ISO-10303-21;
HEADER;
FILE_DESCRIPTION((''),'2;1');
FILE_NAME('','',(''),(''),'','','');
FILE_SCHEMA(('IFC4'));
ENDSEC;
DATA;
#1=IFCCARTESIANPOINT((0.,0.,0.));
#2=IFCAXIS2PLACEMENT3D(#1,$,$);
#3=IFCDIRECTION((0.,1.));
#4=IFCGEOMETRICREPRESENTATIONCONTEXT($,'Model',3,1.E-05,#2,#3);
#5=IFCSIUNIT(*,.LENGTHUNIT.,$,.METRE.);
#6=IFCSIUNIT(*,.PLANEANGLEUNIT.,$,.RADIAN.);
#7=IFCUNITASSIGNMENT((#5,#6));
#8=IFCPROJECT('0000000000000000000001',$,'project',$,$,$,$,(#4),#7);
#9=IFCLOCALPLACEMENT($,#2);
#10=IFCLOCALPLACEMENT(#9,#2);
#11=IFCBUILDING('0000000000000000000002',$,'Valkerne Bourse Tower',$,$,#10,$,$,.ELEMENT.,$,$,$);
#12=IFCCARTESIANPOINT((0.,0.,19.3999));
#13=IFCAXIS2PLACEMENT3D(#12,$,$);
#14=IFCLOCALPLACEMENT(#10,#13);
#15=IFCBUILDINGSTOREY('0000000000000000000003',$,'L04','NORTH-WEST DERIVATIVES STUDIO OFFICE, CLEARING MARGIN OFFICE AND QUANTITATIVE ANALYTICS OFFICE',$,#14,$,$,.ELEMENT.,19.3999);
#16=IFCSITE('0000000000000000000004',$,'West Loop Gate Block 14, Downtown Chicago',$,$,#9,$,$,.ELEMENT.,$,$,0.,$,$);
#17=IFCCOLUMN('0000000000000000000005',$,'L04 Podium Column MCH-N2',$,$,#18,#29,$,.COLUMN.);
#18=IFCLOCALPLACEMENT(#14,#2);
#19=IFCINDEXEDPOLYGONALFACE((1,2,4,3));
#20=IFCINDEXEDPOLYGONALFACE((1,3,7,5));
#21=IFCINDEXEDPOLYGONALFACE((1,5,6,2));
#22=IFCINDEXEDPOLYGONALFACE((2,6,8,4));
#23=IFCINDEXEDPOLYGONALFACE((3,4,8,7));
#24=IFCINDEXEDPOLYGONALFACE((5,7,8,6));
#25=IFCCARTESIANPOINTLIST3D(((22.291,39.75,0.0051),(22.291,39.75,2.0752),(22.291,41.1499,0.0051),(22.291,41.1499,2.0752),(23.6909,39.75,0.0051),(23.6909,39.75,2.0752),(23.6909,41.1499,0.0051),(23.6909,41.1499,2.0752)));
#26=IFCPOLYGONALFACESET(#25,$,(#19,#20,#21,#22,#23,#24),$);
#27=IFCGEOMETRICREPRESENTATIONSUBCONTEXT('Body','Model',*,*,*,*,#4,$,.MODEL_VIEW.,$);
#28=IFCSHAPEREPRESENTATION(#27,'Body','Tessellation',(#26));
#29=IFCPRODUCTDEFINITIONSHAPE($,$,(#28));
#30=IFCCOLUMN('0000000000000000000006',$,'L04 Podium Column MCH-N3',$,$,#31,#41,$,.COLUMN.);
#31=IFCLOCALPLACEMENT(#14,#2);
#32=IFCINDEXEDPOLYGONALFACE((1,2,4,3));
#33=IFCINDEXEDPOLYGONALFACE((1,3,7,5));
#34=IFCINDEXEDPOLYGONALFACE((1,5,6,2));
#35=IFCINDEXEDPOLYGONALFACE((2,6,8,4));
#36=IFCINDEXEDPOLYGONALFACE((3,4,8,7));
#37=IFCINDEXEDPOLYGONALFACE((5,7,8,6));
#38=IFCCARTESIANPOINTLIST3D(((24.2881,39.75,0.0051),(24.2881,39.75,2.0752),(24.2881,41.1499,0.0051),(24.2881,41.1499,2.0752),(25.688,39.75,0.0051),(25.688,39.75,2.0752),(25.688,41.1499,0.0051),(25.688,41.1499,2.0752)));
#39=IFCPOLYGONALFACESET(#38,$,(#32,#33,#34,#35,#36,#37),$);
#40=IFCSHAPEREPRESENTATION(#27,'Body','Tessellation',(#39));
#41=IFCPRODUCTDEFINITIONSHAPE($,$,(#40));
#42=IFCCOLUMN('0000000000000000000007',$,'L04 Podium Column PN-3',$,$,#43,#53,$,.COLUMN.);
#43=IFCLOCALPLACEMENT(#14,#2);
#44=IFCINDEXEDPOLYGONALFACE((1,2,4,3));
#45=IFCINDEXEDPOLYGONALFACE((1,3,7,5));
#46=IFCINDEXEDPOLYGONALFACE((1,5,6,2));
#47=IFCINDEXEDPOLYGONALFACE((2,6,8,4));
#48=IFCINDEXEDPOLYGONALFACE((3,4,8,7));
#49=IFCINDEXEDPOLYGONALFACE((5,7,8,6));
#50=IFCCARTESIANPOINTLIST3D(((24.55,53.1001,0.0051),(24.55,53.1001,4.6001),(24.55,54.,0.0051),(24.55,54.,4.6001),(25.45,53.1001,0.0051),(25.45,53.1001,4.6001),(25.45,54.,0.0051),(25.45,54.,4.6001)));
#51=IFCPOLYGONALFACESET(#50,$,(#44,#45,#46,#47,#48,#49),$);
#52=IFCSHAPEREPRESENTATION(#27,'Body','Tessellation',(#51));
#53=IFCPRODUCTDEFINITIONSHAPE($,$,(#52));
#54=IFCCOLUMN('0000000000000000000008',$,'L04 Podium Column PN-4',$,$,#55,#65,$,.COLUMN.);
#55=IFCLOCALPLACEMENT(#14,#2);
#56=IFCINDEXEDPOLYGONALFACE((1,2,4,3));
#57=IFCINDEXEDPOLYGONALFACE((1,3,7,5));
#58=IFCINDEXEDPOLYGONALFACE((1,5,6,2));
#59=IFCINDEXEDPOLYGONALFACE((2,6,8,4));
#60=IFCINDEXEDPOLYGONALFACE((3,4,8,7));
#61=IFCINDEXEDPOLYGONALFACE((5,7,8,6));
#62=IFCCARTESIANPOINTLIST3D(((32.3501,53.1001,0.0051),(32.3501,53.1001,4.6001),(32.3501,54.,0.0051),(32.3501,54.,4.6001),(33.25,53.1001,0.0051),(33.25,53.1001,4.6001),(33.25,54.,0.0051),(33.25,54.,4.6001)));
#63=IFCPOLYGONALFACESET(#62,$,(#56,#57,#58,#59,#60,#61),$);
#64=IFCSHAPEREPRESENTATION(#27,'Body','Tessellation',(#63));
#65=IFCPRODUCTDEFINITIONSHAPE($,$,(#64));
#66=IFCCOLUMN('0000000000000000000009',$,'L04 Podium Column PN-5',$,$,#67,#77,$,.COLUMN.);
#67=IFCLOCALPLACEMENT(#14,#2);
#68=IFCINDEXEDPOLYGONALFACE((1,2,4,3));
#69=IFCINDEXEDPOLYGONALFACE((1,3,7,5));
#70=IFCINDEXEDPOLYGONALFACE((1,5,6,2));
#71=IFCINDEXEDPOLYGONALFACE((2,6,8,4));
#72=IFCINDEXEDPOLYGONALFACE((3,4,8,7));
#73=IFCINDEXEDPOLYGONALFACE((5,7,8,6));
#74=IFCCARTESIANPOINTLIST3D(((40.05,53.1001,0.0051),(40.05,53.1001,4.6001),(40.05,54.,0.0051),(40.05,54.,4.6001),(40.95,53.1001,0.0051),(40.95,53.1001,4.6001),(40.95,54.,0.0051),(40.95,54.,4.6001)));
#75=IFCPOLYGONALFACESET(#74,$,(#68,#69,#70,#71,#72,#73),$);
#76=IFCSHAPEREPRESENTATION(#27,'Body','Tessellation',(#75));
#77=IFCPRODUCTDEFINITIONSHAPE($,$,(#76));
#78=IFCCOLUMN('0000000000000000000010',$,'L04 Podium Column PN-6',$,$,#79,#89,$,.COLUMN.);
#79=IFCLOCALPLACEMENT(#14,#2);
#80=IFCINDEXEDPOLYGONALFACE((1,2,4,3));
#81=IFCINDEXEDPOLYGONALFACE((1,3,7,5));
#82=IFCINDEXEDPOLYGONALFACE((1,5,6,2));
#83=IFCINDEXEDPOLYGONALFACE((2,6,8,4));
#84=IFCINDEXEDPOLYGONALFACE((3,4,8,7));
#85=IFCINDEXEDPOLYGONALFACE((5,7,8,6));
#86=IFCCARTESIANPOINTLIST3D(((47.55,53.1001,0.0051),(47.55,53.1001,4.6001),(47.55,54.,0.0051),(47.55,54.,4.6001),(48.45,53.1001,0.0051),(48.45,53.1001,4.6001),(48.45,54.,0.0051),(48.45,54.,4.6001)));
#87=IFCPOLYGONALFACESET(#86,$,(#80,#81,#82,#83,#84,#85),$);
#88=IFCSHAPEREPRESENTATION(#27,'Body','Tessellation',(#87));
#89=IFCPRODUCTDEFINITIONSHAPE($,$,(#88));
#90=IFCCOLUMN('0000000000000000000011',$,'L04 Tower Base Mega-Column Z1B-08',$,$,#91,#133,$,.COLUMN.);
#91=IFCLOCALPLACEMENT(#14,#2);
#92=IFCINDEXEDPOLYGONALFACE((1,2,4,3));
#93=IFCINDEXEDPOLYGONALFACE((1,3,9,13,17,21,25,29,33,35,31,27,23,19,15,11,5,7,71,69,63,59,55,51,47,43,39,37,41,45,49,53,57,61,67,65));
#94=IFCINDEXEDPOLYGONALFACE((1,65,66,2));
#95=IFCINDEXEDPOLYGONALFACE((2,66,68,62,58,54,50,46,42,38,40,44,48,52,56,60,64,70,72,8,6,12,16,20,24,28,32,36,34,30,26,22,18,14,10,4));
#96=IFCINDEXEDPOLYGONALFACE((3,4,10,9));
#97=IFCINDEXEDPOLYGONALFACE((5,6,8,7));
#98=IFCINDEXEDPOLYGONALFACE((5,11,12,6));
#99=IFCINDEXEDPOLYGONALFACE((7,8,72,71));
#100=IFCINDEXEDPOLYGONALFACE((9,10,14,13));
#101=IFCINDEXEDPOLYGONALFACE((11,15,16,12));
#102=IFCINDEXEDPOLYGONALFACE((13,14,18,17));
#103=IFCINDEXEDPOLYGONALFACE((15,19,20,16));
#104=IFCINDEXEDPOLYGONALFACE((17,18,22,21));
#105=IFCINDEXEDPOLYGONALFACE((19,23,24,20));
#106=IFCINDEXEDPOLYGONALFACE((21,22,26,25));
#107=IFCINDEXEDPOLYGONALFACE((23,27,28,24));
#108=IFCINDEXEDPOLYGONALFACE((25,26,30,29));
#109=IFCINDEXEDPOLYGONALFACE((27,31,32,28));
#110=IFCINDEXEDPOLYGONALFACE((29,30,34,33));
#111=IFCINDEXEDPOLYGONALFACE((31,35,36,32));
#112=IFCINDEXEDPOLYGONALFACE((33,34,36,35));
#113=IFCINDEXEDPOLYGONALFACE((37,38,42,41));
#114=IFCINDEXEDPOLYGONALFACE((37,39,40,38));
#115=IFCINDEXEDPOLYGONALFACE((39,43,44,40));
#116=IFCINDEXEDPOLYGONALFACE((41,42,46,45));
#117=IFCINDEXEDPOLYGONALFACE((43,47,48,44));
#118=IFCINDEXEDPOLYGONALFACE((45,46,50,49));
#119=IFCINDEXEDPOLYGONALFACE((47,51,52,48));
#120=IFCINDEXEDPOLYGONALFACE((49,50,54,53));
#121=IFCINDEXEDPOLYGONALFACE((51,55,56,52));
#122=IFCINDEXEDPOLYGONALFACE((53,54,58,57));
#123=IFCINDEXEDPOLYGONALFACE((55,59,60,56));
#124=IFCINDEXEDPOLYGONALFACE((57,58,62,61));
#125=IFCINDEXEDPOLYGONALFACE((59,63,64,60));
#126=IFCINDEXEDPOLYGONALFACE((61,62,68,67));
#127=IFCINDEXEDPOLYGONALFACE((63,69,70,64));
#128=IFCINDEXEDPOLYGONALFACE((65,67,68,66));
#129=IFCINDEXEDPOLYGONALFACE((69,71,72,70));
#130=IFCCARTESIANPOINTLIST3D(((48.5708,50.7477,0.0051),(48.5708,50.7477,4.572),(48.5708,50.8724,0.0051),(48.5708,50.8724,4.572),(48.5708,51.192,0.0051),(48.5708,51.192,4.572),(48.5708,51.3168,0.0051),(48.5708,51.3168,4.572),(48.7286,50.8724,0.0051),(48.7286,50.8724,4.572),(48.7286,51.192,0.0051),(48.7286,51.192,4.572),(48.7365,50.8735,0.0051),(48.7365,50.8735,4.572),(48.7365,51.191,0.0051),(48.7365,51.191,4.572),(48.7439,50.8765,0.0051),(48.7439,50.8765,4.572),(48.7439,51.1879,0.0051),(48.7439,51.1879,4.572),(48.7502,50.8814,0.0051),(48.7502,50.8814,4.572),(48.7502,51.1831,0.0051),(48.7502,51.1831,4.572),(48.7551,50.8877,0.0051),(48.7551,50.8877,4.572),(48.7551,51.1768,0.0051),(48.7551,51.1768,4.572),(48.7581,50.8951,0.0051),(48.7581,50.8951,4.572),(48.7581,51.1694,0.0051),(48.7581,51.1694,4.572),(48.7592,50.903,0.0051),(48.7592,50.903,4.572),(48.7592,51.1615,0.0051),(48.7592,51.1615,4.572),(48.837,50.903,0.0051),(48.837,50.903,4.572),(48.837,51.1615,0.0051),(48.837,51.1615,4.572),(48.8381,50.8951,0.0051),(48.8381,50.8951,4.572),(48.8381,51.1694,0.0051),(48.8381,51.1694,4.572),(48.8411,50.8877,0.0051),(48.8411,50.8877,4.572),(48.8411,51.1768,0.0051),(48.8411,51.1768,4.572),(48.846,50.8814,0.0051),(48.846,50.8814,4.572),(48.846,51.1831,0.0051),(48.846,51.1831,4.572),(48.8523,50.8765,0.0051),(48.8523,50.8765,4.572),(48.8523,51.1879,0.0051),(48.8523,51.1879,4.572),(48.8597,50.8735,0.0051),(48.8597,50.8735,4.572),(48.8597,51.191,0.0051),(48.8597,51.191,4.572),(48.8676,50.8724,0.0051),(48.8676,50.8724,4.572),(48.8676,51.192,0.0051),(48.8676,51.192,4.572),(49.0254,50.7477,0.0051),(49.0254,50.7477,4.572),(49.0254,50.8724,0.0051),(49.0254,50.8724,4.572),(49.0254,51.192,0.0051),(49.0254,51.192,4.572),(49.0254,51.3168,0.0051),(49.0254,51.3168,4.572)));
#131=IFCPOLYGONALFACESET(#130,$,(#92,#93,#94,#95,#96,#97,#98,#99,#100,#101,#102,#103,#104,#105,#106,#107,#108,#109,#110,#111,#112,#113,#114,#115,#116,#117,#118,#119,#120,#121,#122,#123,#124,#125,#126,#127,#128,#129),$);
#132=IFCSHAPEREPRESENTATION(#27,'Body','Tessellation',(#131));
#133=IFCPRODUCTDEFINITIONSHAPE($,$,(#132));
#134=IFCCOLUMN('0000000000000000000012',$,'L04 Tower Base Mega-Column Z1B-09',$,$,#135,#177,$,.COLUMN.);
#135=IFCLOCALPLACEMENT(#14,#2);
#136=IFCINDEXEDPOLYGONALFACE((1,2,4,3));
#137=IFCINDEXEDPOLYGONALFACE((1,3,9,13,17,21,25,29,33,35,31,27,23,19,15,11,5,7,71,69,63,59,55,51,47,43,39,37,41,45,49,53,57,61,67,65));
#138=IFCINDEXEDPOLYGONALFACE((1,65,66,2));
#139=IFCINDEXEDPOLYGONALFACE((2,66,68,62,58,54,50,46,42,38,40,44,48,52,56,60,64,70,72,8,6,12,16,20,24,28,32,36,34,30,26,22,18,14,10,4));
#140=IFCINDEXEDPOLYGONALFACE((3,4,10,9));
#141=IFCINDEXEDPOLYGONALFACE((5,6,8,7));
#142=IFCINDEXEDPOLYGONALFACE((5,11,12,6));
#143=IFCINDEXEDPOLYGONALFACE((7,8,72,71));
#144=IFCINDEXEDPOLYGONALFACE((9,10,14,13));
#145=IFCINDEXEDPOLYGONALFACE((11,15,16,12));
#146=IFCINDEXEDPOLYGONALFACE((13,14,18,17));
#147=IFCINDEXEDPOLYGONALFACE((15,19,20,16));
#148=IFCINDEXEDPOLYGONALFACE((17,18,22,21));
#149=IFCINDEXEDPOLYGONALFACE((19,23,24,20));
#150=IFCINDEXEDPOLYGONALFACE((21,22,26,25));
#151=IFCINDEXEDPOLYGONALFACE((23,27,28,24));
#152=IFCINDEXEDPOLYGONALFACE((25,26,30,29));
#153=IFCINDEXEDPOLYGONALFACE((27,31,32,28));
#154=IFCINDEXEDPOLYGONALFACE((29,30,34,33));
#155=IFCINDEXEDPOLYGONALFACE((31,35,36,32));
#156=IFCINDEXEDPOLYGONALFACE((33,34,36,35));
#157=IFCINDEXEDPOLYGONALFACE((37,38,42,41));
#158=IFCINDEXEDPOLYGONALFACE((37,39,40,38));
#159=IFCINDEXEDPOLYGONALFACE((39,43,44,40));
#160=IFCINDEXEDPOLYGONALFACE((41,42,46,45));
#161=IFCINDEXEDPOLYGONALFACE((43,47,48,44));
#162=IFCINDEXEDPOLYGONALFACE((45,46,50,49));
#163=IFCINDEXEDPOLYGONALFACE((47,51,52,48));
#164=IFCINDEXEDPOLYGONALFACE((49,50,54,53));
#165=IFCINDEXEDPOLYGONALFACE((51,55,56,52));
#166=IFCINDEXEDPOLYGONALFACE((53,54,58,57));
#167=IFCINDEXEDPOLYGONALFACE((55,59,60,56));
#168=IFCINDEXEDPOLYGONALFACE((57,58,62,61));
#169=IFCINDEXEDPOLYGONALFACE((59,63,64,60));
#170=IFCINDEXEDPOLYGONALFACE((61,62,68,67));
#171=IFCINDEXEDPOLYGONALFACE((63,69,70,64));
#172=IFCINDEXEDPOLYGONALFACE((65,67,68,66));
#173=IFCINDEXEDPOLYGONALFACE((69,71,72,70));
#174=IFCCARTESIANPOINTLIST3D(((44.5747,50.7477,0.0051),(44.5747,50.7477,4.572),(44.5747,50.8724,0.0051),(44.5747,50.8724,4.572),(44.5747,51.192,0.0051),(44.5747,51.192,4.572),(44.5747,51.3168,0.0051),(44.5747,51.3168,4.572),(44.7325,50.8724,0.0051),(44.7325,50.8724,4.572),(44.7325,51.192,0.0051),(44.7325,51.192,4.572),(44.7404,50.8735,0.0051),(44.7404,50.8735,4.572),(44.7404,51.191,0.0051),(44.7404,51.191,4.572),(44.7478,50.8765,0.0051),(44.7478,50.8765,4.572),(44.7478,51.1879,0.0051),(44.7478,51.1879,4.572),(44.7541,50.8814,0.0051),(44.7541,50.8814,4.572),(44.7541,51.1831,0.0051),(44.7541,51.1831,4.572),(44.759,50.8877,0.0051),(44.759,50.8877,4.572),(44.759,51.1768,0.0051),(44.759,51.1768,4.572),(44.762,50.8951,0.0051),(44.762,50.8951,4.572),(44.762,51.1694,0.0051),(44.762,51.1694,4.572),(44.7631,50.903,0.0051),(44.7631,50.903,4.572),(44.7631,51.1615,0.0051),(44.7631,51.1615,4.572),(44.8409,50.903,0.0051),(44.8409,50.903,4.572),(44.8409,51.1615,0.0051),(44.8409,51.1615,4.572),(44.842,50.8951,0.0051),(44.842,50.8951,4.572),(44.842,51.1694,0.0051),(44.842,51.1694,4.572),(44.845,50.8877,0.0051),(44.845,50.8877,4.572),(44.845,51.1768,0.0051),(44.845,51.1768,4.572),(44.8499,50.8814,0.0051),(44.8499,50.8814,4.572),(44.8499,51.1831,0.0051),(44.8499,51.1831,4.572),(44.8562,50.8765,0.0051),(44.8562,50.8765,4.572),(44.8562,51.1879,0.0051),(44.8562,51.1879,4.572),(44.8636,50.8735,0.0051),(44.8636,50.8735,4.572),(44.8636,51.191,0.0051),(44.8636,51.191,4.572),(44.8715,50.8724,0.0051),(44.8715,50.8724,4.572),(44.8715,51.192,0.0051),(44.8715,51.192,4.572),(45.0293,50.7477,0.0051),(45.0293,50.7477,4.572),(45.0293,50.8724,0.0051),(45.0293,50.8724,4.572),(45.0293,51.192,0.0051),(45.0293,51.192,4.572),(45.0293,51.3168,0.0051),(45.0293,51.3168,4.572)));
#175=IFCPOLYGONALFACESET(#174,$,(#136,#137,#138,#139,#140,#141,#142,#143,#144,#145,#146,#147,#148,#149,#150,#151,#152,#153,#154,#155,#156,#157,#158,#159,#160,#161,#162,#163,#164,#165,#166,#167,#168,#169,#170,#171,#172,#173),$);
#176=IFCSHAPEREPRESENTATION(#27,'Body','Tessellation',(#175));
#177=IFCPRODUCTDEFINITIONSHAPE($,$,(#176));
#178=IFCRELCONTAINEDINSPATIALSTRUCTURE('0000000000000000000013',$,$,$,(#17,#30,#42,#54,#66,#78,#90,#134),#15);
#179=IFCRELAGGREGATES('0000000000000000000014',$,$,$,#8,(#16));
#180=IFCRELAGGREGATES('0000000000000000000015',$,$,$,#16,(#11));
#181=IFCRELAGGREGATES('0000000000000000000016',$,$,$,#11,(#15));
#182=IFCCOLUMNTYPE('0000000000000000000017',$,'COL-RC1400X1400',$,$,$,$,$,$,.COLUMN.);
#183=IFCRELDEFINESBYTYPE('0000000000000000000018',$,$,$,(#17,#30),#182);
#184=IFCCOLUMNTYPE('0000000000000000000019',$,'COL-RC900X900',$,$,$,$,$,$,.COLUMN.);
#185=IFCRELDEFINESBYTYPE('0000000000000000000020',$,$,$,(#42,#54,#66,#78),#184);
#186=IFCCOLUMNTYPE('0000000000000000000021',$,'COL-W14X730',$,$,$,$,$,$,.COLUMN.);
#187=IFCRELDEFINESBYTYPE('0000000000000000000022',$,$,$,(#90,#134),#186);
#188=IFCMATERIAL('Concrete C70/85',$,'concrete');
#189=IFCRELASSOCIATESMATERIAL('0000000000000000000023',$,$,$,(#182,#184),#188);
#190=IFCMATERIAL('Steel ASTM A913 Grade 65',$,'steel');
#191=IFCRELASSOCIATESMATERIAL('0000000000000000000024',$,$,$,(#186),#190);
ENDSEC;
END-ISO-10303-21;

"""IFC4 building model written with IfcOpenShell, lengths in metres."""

from ifc_helpers import new_model, si_unit, direction, frame, origin, origin_2d, place, context, subcontext, project, spatial, rectangle, i_section, extrude, material, material_profile, profile_set, type_object, element, save


model = new_model("IFC4")

# Units and contexts
model_context = context("Model", 3, precision=1e-05, world=origin(), true_north=direction((0.0, 1.0)))
body_context = subcontext(model_context, "Body", "Model", "MODEL_VIEW")
ifc_project = project(units=[si_unit("LENGTHUNIT", "METRE"), si_unit("PLANEANGLEUNIT", "RADIAN")], contexts=[model_context])

# Site, building, storey
site_placement = place(None, origin())
site = spatial("IfcSite", under=ifc_project, at=site_placement, Name="West Loop Gate Block 14, Downtown Chicago", CompositionType="ELEMENT", RefElevation=0.0)
building_placement = place(site_placement, origin())
building = spatial("IfcBuilding", under=site, at=building_placement, Name="Valkerne Bourse Tower", CompositionType="ELEMENT")
storey_placement = place(building_placement, frame((0.0, 0.0, 19.3999)))
storey = spatial("IfcBuildingStorey", under=building, at=storey_placement, Name="L04", Description="NORTH-WEST DERIVATIVES STUDIO OFFICE, CLEARING MARGIN OFFICE AND QUANTITATIVE ANALYTICS OFFICE", CompositionType="ELEMENT", Elevation=19.3999)

# Columns
ifc_material_1 = material(Name="Concrete C70/85", Category="concrete")
ifc_material_profile_1 = material_profile(ifc_material_1, rectangle(XDim=1.3999, YDim=1.3999, at=origin_2d()), Name="RC1400X1400")
ifc_profile_set_1 = profile_set([ifc_material_profile_1], Name="Concrete C70/85")
column_type_1 = type_object("IfcColumnType", Name="COL-RC1400X1400", PredefinedType="COLUMN", material=ifc_profile_set_1)
for number, where, z_axis, x_axis, name in (
    (1, (22.991, 40.45, 0.0051), (0.0, 0.0, 1.0), (1.0, 0.0, 0.0), "L04 Podium Column MCH-N2"),
    (2, (24.988, 40.45, 0.0051), (0.0, 0.0, 1.0), (1.0, 0.0, 0.0), "L04 Podium Column MCH-N3"),
):
    element("IfcColumn", number, at=place(storey_placement, frame(where, z_axis=z_axis, x_axis=x_axis)), inside=storey, type_object=column_type_1, Name=name, PredefinedType="COLUMN", context=body_context, shape_type="SweptSolid", body=[
        extrude(rectangle(XDim=1.3999, YDim=1.3999, at=origin_2d()), origin(), (0.0, 0.0, 1.0), 2.0701),
    ])
ifc_material_profile_2 = material_profile(ifc_material_1, rectangle(XDim=0.8999, YDim=0.8999, at=origin_2d()), Name="RC900X900")
ifc_profile_set_2 = profile_set([ifc_material_profile_2], Name="Concrete C70/85")
column_type_2 = type_object("IfcColumnType", Name="COL-RC900X900", PredefinedType="COLUMN", material=ifc_profile_set_2)
for number, where, z_axis, x_axis, name in (
    (3, (25.0, 53.55, 0.0051), (0.0, 0.0, 1.0), (1.0, 0.0, 0.0), "L04 Podium Column PN-3"),
    (4, (32.8, 53.55, 0.0051), (0.0, 0.0, 1.0), (1.0, 0.0, 0.0), "L04 Podium Column PN-4"),
    (5, (40.5, 53.55, 0.0051), (0.0, 0.0, 1.0), (1.0, 0.0, 0.0), "L04 Podium Column PN-5"),
    (6, (48.0, 53.55, 0.0051), (0.0, 0.0, 1.0), (1.0, 0.0, 0.0), "L04 Podium Column PN-6"),
):
    element("IfcColumn", number, at=place(storey_placement, frame(where, z_axis=z_axis, x_axis=x_axis)), inside=storey, type_object=column_type_2, Name=name, PredefinedType="COLUMN", context=body_context, shape_type="SweptSolid", body=[
        extrude(rectangle(XDim=0.8999, YDim=0.8999, at=origin_2d()), origin(), (0.0, 0.0, 1.0), 4.595),
    ])
ifc_material_2 = material(Name="Steel ASTM A913 Grade 65", Category="steel")
ifc_material_profile_3 = material_profile(ifc_material_2, i_section(OverallWidth=0.4546, OverallDepth=0.5691, WebThickness=0.0779, FlangeThickness=0.1248, FilletRadius=0.0305, at=origin_2d()), Name="W14X730")
ifc_profile_set_3 = profile_set([ifc_material_profile_3], Name="Steel ASTM A913 Grade 65")
column_type_3 = type_object("IfcColumnType", Name="COL-W14X730", PredefinedType="COLUMN", material=ifc_profile_set_3)
for number, where, z_axis, x_axis, name in (
    (7, (48.7981, 51.0322, 0.0051), (0.0, 0.0, 1.0), (-1.0, 0.0, 0.0), "L04 Tower Base Mega-Column Z1B-08"),
    (8, (44.802, 51.0322, 0.0051), (0.0, 0.0, 1.0), (-1.0, 0.0, 0.0), "L04 Tower Base Mega-Column Z1B-09"),
):
    element("IfcColumn", number, at=place(storey_placement, frame(where, z_axis=z_axis, x_axis=x_axis)), inside=storey, type_object=column_type_3, Name=name, PredefinedType="COLUMN", context=body_context, shape_type="SweptSolid", body=[
        extrude(i_section(OverallWidth=0.4546, OverallDepth=0.5691, WebThickness=0.0779, FlangeThickness=0.1248, FilletRadius=0.0305, at=origin_2d()), origin(), (0.0, 0.0, 1.0), 4.5669),
    ])

save(model, "model.ifc")
